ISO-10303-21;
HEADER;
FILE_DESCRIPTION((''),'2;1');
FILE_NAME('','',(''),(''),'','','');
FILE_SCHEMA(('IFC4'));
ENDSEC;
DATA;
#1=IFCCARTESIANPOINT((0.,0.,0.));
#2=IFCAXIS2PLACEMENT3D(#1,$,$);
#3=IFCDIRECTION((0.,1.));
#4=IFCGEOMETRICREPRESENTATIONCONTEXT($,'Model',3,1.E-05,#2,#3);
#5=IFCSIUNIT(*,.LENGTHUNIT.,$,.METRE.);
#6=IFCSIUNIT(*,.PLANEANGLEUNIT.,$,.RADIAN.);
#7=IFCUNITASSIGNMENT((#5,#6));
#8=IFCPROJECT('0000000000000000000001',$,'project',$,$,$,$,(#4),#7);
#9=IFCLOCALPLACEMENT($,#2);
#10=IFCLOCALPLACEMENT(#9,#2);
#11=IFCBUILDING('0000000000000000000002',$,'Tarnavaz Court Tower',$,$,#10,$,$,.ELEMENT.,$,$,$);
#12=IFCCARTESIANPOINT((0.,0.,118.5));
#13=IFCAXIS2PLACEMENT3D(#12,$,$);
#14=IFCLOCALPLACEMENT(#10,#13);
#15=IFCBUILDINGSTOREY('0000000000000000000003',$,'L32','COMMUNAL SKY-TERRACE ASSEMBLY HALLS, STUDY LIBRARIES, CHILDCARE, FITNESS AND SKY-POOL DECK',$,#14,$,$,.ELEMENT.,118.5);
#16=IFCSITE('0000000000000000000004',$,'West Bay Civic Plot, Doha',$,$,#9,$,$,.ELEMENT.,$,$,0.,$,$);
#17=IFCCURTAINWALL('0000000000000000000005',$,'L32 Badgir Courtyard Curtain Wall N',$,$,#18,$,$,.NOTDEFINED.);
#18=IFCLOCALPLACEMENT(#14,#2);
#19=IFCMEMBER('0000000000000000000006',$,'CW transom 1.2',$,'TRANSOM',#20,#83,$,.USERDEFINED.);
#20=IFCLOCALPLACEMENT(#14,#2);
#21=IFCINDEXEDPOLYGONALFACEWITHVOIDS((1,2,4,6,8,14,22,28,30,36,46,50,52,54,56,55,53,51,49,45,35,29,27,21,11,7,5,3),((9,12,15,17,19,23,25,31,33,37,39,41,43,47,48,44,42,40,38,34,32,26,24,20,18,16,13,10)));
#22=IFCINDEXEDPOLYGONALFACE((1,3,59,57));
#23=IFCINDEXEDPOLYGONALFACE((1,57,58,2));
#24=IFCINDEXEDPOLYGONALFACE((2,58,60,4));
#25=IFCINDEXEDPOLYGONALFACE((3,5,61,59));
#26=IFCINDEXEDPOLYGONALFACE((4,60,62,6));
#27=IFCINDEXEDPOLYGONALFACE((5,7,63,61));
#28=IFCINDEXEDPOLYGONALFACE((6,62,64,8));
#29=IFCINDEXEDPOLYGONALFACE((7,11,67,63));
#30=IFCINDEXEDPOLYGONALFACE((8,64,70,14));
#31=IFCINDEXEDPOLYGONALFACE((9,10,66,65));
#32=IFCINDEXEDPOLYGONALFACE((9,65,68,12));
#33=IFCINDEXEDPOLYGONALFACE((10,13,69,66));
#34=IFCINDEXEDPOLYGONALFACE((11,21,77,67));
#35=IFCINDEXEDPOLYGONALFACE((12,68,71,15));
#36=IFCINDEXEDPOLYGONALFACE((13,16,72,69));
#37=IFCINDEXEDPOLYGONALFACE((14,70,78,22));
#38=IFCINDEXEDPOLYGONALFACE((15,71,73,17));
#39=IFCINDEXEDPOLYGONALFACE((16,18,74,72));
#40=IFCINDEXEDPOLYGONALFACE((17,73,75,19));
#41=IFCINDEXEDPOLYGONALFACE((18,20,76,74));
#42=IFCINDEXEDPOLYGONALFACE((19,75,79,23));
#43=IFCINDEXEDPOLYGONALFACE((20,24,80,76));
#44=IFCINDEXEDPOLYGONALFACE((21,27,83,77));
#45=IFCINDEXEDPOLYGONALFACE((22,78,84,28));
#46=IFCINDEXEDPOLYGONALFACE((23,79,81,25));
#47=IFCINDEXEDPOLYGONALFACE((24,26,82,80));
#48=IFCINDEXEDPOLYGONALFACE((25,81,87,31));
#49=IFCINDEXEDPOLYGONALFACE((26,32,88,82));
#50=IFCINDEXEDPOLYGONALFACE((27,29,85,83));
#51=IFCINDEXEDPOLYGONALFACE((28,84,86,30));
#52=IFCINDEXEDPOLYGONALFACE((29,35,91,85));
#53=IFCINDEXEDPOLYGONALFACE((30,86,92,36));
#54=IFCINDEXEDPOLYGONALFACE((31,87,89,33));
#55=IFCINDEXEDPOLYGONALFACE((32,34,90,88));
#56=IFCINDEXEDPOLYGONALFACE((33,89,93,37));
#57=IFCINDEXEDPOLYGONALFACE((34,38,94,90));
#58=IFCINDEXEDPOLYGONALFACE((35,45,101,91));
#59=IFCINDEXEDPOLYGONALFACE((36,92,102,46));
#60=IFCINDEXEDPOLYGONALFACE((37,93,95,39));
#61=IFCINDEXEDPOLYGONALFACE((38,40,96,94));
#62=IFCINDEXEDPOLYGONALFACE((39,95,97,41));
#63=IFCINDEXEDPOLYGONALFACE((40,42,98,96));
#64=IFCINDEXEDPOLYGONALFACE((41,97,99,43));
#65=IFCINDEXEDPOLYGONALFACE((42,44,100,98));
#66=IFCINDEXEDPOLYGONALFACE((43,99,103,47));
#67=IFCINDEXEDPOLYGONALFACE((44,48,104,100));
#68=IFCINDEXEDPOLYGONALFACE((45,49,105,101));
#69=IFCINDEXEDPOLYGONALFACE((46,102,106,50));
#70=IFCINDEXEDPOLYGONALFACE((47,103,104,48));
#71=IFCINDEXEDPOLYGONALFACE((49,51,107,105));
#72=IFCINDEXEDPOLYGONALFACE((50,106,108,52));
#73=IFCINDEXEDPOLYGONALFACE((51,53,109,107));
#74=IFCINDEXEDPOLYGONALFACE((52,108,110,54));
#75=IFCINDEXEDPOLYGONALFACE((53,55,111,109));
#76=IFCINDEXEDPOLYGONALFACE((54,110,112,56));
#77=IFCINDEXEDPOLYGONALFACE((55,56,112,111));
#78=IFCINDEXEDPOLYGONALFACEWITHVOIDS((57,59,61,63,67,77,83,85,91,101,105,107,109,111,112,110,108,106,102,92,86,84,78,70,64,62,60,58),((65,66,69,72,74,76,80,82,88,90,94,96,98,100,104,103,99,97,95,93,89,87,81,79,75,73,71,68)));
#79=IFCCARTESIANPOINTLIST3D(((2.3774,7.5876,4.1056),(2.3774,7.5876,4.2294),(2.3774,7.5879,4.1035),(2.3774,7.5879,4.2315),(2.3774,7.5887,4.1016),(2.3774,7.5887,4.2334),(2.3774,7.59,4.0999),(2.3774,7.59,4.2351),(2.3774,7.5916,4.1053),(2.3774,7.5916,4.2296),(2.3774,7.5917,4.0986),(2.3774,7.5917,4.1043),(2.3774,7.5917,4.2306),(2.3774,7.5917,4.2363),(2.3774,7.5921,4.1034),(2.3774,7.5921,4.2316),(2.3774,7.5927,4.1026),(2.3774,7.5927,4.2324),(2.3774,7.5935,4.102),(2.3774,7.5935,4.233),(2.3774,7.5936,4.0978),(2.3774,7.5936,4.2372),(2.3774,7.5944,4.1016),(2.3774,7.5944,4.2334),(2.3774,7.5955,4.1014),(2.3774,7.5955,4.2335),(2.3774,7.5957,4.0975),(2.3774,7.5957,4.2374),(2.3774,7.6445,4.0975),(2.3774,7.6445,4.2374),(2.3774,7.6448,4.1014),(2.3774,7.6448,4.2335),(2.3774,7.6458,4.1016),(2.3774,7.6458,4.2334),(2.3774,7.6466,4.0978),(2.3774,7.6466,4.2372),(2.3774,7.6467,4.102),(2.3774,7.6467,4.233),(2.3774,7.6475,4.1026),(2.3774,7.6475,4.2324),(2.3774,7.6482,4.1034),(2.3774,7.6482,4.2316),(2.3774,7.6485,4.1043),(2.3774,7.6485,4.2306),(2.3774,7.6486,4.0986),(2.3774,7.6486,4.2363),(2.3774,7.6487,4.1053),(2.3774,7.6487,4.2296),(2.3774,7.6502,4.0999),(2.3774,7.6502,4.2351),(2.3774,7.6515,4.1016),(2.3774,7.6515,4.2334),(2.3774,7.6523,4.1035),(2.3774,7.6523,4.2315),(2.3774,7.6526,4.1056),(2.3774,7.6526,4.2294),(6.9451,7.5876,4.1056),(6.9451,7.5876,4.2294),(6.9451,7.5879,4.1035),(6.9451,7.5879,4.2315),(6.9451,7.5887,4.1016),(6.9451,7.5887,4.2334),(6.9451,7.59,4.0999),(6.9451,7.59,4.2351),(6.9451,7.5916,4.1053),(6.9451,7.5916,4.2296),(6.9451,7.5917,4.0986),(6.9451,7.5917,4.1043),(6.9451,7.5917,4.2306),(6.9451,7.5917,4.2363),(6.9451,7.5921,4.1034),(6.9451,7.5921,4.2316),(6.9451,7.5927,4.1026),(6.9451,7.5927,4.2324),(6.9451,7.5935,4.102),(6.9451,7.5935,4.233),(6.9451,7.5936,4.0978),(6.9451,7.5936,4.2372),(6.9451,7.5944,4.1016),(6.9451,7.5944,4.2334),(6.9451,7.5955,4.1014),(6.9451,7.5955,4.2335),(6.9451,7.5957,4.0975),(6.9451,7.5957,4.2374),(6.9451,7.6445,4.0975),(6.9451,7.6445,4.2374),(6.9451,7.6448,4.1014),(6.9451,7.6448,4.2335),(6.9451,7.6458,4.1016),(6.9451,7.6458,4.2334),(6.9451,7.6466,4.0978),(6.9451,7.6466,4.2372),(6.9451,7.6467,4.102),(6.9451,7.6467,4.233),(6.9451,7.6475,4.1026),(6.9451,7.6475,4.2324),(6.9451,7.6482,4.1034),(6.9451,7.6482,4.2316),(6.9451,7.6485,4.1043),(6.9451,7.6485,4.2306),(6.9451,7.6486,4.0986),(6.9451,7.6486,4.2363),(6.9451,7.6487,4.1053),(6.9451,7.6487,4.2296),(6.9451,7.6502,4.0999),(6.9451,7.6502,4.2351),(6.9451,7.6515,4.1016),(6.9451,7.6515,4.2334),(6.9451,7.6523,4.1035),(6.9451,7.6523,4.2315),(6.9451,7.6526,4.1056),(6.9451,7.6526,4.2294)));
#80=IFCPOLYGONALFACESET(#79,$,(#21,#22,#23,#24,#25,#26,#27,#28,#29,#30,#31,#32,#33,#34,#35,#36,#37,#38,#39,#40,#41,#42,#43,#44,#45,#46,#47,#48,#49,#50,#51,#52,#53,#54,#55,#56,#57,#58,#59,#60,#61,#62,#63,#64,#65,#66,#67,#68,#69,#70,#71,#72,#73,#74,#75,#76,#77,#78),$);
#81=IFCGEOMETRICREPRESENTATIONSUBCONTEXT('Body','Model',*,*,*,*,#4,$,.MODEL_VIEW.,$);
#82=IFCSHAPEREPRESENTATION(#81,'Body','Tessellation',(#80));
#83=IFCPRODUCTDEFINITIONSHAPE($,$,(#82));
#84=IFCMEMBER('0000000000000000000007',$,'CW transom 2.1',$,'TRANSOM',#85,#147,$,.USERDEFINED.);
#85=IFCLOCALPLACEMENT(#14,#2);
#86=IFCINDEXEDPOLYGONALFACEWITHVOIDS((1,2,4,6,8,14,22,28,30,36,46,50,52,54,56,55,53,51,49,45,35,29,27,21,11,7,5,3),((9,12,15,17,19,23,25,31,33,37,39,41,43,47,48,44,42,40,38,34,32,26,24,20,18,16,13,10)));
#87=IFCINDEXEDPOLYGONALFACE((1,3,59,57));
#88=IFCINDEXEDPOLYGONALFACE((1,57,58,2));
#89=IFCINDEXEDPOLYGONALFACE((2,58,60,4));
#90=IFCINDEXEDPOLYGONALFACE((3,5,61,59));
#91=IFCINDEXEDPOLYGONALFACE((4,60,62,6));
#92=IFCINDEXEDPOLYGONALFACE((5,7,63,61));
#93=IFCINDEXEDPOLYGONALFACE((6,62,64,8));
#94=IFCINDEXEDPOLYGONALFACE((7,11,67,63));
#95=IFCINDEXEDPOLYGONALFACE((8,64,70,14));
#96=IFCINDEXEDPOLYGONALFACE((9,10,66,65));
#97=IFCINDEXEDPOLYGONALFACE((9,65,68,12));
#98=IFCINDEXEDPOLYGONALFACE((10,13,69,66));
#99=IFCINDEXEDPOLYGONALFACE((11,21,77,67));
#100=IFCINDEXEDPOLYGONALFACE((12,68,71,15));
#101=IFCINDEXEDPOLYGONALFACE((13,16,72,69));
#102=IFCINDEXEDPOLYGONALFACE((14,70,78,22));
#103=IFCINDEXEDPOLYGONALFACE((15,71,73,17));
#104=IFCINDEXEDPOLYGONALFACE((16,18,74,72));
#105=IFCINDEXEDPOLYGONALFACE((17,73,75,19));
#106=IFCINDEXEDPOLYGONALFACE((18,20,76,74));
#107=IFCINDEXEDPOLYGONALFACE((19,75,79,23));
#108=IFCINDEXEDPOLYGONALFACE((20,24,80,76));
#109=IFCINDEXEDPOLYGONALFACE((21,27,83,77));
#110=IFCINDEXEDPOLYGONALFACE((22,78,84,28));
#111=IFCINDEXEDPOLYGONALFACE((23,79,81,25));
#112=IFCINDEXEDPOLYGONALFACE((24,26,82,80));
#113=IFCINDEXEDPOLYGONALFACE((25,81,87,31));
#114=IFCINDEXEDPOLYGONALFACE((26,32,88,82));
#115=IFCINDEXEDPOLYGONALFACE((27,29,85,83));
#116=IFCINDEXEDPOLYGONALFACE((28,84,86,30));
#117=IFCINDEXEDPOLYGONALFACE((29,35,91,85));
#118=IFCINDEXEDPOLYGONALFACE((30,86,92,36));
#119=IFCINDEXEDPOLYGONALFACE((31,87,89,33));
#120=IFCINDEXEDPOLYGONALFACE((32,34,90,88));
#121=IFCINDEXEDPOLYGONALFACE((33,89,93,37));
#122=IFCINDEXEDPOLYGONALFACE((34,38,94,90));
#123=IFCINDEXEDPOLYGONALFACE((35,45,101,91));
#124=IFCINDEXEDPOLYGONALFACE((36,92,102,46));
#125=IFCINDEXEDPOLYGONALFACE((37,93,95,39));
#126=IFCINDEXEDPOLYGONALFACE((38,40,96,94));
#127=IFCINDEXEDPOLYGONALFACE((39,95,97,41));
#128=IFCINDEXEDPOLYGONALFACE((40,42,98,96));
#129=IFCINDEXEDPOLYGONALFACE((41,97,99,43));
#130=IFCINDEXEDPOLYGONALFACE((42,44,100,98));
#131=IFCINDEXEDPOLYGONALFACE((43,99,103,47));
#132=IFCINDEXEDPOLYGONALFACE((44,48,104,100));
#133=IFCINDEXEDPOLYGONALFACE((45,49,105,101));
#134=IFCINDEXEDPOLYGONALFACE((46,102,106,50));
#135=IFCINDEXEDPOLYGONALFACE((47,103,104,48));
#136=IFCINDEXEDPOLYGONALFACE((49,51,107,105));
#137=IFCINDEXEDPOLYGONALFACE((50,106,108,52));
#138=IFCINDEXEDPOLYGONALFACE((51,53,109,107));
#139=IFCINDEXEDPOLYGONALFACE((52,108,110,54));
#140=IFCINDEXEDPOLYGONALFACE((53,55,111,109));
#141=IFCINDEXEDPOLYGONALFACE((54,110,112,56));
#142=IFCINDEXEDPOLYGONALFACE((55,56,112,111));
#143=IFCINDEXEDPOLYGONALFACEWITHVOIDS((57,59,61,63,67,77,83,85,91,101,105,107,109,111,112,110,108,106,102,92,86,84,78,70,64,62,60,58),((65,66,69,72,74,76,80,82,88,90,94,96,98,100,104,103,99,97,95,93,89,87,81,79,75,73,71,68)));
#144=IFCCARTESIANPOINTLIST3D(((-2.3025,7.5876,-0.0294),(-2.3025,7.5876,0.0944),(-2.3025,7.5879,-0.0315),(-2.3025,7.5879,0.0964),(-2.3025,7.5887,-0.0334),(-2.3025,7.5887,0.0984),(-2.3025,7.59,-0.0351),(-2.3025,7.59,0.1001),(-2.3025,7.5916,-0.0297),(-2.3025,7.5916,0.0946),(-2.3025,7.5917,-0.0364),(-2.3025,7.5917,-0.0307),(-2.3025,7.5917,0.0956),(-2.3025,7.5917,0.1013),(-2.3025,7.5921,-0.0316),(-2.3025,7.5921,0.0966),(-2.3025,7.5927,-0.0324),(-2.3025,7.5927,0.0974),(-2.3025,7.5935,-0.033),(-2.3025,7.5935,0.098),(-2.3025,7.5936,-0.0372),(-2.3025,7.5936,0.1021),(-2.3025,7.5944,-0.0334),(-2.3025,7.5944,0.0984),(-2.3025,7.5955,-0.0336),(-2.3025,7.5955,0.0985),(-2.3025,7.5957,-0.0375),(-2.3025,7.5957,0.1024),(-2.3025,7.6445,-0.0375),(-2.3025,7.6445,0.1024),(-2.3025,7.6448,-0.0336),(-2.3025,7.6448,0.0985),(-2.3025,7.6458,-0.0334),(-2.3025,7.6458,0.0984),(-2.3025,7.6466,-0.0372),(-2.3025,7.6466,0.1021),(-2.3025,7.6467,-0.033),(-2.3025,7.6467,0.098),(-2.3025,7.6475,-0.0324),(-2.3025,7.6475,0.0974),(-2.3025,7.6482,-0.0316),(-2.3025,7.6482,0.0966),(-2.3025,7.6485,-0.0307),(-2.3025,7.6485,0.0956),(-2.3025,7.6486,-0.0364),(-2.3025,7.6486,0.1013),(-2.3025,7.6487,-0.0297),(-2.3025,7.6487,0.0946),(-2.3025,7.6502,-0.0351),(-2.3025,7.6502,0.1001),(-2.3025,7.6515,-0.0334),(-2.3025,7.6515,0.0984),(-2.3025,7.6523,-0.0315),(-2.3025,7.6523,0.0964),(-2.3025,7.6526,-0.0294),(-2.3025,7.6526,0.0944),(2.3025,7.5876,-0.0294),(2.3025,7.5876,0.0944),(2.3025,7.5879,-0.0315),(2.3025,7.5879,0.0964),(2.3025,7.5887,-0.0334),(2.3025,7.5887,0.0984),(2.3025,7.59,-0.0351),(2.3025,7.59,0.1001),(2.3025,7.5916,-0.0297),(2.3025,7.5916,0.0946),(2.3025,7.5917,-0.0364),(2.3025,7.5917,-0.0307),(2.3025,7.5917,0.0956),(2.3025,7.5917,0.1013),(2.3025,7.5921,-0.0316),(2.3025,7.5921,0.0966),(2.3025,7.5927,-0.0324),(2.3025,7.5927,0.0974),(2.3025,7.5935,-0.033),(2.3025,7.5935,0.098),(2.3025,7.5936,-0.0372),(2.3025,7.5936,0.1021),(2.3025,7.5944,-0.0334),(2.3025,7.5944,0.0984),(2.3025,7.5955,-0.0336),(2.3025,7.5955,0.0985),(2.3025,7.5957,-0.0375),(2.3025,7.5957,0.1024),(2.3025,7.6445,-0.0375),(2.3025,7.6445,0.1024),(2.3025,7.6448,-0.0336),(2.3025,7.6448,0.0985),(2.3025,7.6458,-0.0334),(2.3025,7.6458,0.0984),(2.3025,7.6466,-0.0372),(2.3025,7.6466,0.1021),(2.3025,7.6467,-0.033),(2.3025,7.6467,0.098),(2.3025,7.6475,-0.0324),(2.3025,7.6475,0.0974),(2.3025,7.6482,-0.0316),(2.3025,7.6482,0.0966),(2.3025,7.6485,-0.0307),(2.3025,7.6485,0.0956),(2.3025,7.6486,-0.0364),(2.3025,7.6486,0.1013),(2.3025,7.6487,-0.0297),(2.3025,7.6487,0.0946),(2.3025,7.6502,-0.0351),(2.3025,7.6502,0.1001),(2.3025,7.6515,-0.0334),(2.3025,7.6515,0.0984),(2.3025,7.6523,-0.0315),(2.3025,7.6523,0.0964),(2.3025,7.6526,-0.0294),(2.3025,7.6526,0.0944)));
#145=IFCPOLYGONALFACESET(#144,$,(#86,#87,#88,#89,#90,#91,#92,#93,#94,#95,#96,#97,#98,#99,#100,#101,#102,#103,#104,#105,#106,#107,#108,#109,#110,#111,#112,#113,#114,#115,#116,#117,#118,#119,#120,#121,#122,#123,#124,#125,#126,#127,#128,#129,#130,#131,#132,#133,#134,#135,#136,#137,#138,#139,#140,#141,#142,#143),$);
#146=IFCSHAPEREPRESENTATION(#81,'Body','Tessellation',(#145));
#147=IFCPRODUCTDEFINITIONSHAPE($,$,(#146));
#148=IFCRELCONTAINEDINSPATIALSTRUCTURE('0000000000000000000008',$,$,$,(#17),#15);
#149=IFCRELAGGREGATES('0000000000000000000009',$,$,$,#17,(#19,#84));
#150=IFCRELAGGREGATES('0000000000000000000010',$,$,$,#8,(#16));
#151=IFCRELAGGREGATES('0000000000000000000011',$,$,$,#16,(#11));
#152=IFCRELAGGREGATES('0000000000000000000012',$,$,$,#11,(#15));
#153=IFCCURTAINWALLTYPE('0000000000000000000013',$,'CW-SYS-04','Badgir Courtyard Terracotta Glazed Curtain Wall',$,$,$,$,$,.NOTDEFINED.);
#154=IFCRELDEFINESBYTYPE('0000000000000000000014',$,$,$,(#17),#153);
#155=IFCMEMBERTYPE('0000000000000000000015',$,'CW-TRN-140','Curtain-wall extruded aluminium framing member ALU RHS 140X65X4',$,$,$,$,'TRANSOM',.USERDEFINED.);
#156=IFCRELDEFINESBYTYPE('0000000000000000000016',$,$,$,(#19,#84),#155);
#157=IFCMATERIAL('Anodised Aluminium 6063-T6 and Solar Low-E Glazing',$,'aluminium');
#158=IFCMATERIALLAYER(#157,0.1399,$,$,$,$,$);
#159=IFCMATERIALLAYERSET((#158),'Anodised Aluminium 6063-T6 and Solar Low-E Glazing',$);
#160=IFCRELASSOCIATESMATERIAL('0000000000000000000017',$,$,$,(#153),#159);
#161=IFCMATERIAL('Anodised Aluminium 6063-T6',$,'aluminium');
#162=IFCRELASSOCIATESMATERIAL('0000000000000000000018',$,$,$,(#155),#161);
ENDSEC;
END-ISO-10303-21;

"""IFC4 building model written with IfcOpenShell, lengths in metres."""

from ifc_helpers import new_model, si_unit, direction, frame, origin, origin_2d, place, context, subcontext, project, spatial, hollow_rectangle, extrude, material, layer, layer_set, material_profile, profile_set, type_object, element, aggregate, save


model = new_model("IFC4")

# Units and contexts
model_context = context("Model", 3, precision=1e-05, world=origin(), true_north=direction((0.0, 1.0)))
body_context = subcontext(model_context, "Body", "Model", "MODEL_VIEW")
ifc_project = project(units=[si_unit("LENGTHUNIT", "METRE"), si_unit("PLANEANGLEUNIT", "RADIAN")], contexts=[model_context])

# Site, building, storey
site_placement = place(None, origin())
site = spatial("IfcSite", under=ifc_project, at=site_placement, Name="West Bay Civic Plot, Doha", CompositionType="ELEMENT", RefElevation=0.0)
building_placement = place(site_placement, origin())
building = spatial("IfcBuilding", under=site, at=building_placement, Name="Tarnavaz Court Tower", CompositionType="ELEMENT")
storey_placement = place(building_placement, frame((0.0, 0.0, 118.5)))
storey = spatial("IfcBuildingStorey", under=building, at=storey_placement, Name="L32", Description="COMMUNAL SKY-TERRACE ASSEMBLY HALLS, STUDY LIBRARIES, CHILDCARE, FITNESS AND SKY-POOL DECK", CompositionType="ELEMENT", Elevation=118.5)

# Curtain wall, members
ifc_material_1 = material(Name="Anodised Aluminium 6063-T6 and Solar Low-E Glazing", Category="aluminium")
ifc_layer_1 = layer(ifc_material_1, 0.1399)
ifc_layer_set_1 = layer_set([ifc_layer_1], Name="Anodised Aluminium 6063-T6 and Solar Low-E Glazing")
curtain_wall_type = type_object("IfcCurtainWallType", Name="CW-SYS-04", Description="Badgir Courtyard Terracotta Glazed Curtain Wall", PredefinedType="NOTDEFINED", material=ifc_layer_set_1)
curtain_wall_placement = place(storey_placement, origin())
curtain_wall = element("IfcCurtainWall", 1, at=curtain_wall_placement, inside=storey, type_object=curtain_wall_type, Name="L32 Badgir Courtyard Curtain Wall N", PredefinedType="NOTDEFINED")
ifc_material_2 = material(Name="Anodised Aluminium 6063-T6", Category="aluminium")
ifc_material_profile_1 = material_profile(ifc_material_2, hollow_rectangle(XDim=0.0649, YDim=0.1399, WallThickness=0.0039, InnerFilletRadius=0.0039, OuterFilletRadius=0.0081, at=origin_2d()), Name="ALU RHS 140X65X4")
ifc_profile_set_1 = profile_set([ifc_material_profile_1], Name="Anodised Aluminium 6063-T6")
member_type_1 = type_object("IfcMemberType", Name="CW-TRN-140", Description="Curtain-wall extruded aluminium framing member ALU RHS 140X65X4", ElementType="TRANSOM", PredefinedType="USERDEFINED", material=ifc_profile_set_1)
member_1_placement = place(storey_placement, frame((6.9451, 7.6201, 4.1675), z_axis=(-1.0, 0.0, 0.0), x_axis=(0.0, -1.0, 0.0)))
member_1 = element("IfcMember", 2, at=member_1_placement, type_object=member_type_1, Name="CW transom 1.2", ObjectType="TRANSOM", PredefinedType="USERDEFINED", context=body_context, shape_type="SweptSolid", body=[
    extrude(hollow_rectangle(XDim=0.0649, YDim=0.1399, WallThickness=0.0039, InnerFilletRadius=0.0039, OuterFilletRadius=0.0081, at=origin_2d()), origin(), (0.0, 0.0, 1.0), 4.5676),
])
member_2_placement = place(storey_placement, frame((2.3025, 7.6201, 0.0325), z_axis=(-1.0, 0.0, 0.0), x_axis=(0.0, -1.0, 0.0)))
member_2 = element("IfcMember", 3, at=member_2_placement, type_object=member_type_1, Name="CW transom 2.1", ObjectType="TRANSOM", PredefinedType="USERDEFINED", context=body_context, shape_type="SweptSolid", body=[
    extrude(hollow_rectangle(XDim=0.0649, YDim=0.1399, WallThickness=0.0039, InnerFilletRadius=0.0039, OuterFilletRadius=0.0081, at=origin_2d()), origin(), (0.0, 0.0, 1.0), 4.605),
])
aggregate(curtain_wall, [member_1, member_2])

save(model, "model.ifc")
